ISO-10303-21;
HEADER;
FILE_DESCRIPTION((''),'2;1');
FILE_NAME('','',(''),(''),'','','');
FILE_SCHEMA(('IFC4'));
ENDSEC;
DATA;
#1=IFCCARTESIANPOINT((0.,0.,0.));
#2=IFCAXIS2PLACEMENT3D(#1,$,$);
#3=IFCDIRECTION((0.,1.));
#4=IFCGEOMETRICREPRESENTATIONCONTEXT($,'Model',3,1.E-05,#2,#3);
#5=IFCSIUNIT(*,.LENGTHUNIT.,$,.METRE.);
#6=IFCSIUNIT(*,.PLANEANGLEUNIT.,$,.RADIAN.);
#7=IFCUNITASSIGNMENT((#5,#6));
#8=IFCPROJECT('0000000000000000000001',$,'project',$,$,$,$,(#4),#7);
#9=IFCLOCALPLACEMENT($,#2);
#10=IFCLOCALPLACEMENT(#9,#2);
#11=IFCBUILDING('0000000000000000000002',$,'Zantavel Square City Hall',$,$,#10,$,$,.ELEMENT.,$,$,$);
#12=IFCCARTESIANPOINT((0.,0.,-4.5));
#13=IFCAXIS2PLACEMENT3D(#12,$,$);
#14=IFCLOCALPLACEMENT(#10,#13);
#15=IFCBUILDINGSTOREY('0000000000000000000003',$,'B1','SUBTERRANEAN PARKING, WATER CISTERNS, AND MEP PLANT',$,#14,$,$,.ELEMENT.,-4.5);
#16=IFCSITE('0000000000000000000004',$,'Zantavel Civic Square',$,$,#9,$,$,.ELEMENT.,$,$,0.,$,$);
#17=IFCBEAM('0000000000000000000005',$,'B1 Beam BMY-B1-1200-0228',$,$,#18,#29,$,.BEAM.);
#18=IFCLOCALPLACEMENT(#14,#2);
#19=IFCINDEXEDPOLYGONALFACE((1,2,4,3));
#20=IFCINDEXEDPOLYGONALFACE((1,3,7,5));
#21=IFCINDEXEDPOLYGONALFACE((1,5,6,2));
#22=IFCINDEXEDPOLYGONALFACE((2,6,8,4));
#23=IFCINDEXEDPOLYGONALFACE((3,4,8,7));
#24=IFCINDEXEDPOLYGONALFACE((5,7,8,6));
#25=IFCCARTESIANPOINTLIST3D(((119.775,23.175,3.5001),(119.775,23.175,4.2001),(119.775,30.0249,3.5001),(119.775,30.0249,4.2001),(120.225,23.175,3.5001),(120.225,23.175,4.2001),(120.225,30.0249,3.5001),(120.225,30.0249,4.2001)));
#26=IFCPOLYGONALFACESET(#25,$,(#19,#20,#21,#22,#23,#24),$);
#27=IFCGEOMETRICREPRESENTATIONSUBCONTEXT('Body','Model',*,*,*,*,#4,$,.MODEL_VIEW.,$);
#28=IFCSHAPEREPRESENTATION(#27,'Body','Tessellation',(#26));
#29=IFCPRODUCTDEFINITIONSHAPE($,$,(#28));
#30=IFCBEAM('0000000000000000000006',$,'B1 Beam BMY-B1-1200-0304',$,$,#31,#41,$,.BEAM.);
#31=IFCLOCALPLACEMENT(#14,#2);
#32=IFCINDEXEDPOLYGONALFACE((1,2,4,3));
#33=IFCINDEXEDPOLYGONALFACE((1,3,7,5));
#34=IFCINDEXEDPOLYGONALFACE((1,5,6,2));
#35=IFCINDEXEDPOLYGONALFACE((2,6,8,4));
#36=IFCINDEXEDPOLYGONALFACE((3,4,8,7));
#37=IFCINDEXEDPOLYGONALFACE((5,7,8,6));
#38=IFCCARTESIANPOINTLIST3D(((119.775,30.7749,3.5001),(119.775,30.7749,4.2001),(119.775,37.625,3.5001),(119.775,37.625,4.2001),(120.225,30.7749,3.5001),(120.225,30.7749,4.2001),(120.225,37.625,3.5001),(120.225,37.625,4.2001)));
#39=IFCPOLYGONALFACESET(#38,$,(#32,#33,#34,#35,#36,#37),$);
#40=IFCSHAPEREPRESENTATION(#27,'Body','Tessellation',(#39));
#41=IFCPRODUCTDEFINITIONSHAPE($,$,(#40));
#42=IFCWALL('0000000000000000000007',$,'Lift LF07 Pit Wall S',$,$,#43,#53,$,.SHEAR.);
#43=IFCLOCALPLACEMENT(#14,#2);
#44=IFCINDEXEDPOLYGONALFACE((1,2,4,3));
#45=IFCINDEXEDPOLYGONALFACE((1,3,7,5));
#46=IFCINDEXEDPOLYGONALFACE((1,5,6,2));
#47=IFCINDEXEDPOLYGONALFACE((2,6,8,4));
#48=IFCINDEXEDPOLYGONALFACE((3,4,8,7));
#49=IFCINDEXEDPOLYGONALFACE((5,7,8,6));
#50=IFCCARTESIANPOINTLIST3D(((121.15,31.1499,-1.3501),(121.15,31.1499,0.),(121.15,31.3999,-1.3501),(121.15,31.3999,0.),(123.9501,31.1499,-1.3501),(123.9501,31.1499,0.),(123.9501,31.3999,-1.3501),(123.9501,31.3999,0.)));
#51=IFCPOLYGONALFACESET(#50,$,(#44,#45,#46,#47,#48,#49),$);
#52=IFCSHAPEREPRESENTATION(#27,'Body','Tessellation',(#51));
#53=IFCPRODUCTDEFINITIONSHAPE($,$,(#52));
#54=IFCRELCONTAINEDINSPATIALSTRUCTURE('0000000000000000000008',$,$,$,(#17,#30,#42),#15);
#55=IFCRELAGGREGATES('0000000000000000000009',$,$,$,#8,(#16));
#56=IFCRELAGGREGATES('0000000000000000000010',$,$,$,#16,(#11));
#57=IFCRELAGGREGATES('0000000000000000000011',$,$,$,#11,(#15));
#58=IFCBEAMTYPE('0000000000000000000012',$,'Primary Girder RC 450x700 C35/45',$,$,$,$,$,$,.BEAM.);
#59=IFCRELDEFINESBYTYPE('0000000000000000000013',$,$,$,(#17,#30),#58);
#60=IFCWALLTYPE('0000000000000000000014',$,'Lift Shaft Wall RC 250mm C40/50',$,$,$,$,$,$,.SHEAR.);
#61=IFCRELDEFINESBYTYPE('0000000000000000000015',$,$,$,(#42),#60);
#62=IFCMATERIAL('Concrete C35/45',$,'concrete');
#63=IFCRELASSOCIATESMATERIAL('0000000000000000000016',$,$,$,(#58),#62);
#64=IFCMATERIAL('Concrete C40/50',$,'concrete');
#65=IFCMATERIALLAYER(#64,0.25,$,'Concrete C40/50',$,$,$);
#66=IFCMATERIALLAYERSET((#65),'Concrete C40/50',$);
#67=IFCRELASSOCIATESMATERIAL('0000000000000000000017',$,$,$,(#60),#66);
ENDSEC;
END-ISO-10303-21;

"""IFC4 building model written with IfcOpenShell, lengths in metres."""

from ifc_helpers import new_model, si_unit, direction, frame, frame_2d, origin, origin_2d, place, context, subcontext, project, spatial, rectangle, extrude, material, layer, layer_set, material_profile, profile_set, type_object, element, save


model = new_model("IFC4")

# Units and contexts
model_context = context("Model", 3, precision=1e-05, world=origin(), true_north=direction((0.0, 1.0)))
body_context = subcontext(model_context, "Body", "Model", "MODEL_VIEW")
ifc_project = project(units=[si_unit("LENGTHUNIT", "METRE"), si_unit("PLANEANGLEUNIT", "RADIAN")], contexts=[model_context])

# Site, building, storey
site_placement = place(None, origin())
site = spatial("IfcSite", under=ifc_project, at=site_placement, Name="Zantavel Civic Square", CompositionType="ELEMENT", RefElevation=0.0)
building_placement = place(site_placement, origin())
building = spatial("IfcBuilding", under=site, at=building_placement, Name="Zantavel Square City Hall", CompositionType="ELEMENT")
storey_placement = place(building_placement, frame((0.0, 0.0, -4.5)))
storey = spatial("IfcBuildingStorey", under=building, at=storey_placement, Name="B1", Description="SUBTERRANEAN PARKING, WATER CISTERNS, AND MEP PLANT", CompositionType="ELEMENT", Elevation=-4.5)

# Shared definitions
ifc_material_1 = material(Name="Concrete C35/45", Category="concrete")

# Shared definitions
ifc_material_2 = material(Name="Concrete C40/50", Category="concrete")

# Beams
ifc_material_profile_1 = material_profile(ifc_material_1, rectangle(XDim=0.45, YDim=0.7, at=origin_2d()), Name="RC 450x700")
ifc_profile_set_1 = profile_set([ifc_material_profile_1], Name="Concrete C35/45")
beam_type_1 = type_object("IfcBeamType", Name="Primary Girder RC 450x700 C35/45", PredefinedType="BEAM", material=ifc_profile_set_1)
beam_1_placement = place(storey_placement, frame((120.0, 23.175, 3.8501), z_axis=(0.0, 1.0, 0.0), x_axis=(-1.0, 0.0, 0.0)))
element("IfcBeam", 1, at=beam_1_placement, inside=storey, type_object=beam_type_1, Name="B1 Beam BMY-B1-1200-0228", PredefinedType="BEAM", context=body_context, shape_type="SweptSolid", body=[
    extrude(rectangle(XDim=0.45, YDim=0.7, at=origin_2d()), origin(), (0.0, 0.0, 1.0), 6.8499),
])
beam_2_placement = place(storey_placement, frame((120.0, 30.7749, 3.8501), z_axis=(0.0, 1.0, 0.0), x_axis=(-1.0, 0.0, 0.0)))
element("IfcBeam", 2, at=beam_2_placement, inside=storey, type_object=beam_type_1, Name="B1 Beam BMY-B1-1200-0304", PredefinedType="BEAM", context=body_context, shape_type="SweptSolid", body=[
    extrude(rectangle(XDim=0.45, YDim=0.7, at=origin_2d()), origin(), (0.0, 0.0, 1.0), 6.8501),
])

# Wall
ifc_layer_1 = layer(ifc_material_2, 0.25, Name="Concrete C40/50")
ifc_layer_set_1 = layer_set([ifc_layer_1], Name="Concrete C40/50")
wall_type = type_object("IfcWallType", Name="Lift Shaft Wall RC 250mm C40/50", PredefinedType="SHEAR", material=ifc_layer_set_1)
wall_1_placement = place(storey_placement, frame((123.95, 31.2749, -1.3501), z_axis=(0.0, 0.0, 1.0), x_axis=(-1.0, 0.0, 0.0)))
element("IfcWall", 3, at=wall_1_placement, inside=storey, type_object=wall_type, Name="Lift LF07 Pit Wall S", PredefinedType="SHEAR", context=body_context, shape_type="SweptSolid", body=[
    extrude(rectangle(XDim=2.8, YDim=0.25, at=frame_2d((1.3999, 0.0))), origin(), (0.0, 0.0, 1.0), 1.3501),
])

save(model, "model.ifc")
